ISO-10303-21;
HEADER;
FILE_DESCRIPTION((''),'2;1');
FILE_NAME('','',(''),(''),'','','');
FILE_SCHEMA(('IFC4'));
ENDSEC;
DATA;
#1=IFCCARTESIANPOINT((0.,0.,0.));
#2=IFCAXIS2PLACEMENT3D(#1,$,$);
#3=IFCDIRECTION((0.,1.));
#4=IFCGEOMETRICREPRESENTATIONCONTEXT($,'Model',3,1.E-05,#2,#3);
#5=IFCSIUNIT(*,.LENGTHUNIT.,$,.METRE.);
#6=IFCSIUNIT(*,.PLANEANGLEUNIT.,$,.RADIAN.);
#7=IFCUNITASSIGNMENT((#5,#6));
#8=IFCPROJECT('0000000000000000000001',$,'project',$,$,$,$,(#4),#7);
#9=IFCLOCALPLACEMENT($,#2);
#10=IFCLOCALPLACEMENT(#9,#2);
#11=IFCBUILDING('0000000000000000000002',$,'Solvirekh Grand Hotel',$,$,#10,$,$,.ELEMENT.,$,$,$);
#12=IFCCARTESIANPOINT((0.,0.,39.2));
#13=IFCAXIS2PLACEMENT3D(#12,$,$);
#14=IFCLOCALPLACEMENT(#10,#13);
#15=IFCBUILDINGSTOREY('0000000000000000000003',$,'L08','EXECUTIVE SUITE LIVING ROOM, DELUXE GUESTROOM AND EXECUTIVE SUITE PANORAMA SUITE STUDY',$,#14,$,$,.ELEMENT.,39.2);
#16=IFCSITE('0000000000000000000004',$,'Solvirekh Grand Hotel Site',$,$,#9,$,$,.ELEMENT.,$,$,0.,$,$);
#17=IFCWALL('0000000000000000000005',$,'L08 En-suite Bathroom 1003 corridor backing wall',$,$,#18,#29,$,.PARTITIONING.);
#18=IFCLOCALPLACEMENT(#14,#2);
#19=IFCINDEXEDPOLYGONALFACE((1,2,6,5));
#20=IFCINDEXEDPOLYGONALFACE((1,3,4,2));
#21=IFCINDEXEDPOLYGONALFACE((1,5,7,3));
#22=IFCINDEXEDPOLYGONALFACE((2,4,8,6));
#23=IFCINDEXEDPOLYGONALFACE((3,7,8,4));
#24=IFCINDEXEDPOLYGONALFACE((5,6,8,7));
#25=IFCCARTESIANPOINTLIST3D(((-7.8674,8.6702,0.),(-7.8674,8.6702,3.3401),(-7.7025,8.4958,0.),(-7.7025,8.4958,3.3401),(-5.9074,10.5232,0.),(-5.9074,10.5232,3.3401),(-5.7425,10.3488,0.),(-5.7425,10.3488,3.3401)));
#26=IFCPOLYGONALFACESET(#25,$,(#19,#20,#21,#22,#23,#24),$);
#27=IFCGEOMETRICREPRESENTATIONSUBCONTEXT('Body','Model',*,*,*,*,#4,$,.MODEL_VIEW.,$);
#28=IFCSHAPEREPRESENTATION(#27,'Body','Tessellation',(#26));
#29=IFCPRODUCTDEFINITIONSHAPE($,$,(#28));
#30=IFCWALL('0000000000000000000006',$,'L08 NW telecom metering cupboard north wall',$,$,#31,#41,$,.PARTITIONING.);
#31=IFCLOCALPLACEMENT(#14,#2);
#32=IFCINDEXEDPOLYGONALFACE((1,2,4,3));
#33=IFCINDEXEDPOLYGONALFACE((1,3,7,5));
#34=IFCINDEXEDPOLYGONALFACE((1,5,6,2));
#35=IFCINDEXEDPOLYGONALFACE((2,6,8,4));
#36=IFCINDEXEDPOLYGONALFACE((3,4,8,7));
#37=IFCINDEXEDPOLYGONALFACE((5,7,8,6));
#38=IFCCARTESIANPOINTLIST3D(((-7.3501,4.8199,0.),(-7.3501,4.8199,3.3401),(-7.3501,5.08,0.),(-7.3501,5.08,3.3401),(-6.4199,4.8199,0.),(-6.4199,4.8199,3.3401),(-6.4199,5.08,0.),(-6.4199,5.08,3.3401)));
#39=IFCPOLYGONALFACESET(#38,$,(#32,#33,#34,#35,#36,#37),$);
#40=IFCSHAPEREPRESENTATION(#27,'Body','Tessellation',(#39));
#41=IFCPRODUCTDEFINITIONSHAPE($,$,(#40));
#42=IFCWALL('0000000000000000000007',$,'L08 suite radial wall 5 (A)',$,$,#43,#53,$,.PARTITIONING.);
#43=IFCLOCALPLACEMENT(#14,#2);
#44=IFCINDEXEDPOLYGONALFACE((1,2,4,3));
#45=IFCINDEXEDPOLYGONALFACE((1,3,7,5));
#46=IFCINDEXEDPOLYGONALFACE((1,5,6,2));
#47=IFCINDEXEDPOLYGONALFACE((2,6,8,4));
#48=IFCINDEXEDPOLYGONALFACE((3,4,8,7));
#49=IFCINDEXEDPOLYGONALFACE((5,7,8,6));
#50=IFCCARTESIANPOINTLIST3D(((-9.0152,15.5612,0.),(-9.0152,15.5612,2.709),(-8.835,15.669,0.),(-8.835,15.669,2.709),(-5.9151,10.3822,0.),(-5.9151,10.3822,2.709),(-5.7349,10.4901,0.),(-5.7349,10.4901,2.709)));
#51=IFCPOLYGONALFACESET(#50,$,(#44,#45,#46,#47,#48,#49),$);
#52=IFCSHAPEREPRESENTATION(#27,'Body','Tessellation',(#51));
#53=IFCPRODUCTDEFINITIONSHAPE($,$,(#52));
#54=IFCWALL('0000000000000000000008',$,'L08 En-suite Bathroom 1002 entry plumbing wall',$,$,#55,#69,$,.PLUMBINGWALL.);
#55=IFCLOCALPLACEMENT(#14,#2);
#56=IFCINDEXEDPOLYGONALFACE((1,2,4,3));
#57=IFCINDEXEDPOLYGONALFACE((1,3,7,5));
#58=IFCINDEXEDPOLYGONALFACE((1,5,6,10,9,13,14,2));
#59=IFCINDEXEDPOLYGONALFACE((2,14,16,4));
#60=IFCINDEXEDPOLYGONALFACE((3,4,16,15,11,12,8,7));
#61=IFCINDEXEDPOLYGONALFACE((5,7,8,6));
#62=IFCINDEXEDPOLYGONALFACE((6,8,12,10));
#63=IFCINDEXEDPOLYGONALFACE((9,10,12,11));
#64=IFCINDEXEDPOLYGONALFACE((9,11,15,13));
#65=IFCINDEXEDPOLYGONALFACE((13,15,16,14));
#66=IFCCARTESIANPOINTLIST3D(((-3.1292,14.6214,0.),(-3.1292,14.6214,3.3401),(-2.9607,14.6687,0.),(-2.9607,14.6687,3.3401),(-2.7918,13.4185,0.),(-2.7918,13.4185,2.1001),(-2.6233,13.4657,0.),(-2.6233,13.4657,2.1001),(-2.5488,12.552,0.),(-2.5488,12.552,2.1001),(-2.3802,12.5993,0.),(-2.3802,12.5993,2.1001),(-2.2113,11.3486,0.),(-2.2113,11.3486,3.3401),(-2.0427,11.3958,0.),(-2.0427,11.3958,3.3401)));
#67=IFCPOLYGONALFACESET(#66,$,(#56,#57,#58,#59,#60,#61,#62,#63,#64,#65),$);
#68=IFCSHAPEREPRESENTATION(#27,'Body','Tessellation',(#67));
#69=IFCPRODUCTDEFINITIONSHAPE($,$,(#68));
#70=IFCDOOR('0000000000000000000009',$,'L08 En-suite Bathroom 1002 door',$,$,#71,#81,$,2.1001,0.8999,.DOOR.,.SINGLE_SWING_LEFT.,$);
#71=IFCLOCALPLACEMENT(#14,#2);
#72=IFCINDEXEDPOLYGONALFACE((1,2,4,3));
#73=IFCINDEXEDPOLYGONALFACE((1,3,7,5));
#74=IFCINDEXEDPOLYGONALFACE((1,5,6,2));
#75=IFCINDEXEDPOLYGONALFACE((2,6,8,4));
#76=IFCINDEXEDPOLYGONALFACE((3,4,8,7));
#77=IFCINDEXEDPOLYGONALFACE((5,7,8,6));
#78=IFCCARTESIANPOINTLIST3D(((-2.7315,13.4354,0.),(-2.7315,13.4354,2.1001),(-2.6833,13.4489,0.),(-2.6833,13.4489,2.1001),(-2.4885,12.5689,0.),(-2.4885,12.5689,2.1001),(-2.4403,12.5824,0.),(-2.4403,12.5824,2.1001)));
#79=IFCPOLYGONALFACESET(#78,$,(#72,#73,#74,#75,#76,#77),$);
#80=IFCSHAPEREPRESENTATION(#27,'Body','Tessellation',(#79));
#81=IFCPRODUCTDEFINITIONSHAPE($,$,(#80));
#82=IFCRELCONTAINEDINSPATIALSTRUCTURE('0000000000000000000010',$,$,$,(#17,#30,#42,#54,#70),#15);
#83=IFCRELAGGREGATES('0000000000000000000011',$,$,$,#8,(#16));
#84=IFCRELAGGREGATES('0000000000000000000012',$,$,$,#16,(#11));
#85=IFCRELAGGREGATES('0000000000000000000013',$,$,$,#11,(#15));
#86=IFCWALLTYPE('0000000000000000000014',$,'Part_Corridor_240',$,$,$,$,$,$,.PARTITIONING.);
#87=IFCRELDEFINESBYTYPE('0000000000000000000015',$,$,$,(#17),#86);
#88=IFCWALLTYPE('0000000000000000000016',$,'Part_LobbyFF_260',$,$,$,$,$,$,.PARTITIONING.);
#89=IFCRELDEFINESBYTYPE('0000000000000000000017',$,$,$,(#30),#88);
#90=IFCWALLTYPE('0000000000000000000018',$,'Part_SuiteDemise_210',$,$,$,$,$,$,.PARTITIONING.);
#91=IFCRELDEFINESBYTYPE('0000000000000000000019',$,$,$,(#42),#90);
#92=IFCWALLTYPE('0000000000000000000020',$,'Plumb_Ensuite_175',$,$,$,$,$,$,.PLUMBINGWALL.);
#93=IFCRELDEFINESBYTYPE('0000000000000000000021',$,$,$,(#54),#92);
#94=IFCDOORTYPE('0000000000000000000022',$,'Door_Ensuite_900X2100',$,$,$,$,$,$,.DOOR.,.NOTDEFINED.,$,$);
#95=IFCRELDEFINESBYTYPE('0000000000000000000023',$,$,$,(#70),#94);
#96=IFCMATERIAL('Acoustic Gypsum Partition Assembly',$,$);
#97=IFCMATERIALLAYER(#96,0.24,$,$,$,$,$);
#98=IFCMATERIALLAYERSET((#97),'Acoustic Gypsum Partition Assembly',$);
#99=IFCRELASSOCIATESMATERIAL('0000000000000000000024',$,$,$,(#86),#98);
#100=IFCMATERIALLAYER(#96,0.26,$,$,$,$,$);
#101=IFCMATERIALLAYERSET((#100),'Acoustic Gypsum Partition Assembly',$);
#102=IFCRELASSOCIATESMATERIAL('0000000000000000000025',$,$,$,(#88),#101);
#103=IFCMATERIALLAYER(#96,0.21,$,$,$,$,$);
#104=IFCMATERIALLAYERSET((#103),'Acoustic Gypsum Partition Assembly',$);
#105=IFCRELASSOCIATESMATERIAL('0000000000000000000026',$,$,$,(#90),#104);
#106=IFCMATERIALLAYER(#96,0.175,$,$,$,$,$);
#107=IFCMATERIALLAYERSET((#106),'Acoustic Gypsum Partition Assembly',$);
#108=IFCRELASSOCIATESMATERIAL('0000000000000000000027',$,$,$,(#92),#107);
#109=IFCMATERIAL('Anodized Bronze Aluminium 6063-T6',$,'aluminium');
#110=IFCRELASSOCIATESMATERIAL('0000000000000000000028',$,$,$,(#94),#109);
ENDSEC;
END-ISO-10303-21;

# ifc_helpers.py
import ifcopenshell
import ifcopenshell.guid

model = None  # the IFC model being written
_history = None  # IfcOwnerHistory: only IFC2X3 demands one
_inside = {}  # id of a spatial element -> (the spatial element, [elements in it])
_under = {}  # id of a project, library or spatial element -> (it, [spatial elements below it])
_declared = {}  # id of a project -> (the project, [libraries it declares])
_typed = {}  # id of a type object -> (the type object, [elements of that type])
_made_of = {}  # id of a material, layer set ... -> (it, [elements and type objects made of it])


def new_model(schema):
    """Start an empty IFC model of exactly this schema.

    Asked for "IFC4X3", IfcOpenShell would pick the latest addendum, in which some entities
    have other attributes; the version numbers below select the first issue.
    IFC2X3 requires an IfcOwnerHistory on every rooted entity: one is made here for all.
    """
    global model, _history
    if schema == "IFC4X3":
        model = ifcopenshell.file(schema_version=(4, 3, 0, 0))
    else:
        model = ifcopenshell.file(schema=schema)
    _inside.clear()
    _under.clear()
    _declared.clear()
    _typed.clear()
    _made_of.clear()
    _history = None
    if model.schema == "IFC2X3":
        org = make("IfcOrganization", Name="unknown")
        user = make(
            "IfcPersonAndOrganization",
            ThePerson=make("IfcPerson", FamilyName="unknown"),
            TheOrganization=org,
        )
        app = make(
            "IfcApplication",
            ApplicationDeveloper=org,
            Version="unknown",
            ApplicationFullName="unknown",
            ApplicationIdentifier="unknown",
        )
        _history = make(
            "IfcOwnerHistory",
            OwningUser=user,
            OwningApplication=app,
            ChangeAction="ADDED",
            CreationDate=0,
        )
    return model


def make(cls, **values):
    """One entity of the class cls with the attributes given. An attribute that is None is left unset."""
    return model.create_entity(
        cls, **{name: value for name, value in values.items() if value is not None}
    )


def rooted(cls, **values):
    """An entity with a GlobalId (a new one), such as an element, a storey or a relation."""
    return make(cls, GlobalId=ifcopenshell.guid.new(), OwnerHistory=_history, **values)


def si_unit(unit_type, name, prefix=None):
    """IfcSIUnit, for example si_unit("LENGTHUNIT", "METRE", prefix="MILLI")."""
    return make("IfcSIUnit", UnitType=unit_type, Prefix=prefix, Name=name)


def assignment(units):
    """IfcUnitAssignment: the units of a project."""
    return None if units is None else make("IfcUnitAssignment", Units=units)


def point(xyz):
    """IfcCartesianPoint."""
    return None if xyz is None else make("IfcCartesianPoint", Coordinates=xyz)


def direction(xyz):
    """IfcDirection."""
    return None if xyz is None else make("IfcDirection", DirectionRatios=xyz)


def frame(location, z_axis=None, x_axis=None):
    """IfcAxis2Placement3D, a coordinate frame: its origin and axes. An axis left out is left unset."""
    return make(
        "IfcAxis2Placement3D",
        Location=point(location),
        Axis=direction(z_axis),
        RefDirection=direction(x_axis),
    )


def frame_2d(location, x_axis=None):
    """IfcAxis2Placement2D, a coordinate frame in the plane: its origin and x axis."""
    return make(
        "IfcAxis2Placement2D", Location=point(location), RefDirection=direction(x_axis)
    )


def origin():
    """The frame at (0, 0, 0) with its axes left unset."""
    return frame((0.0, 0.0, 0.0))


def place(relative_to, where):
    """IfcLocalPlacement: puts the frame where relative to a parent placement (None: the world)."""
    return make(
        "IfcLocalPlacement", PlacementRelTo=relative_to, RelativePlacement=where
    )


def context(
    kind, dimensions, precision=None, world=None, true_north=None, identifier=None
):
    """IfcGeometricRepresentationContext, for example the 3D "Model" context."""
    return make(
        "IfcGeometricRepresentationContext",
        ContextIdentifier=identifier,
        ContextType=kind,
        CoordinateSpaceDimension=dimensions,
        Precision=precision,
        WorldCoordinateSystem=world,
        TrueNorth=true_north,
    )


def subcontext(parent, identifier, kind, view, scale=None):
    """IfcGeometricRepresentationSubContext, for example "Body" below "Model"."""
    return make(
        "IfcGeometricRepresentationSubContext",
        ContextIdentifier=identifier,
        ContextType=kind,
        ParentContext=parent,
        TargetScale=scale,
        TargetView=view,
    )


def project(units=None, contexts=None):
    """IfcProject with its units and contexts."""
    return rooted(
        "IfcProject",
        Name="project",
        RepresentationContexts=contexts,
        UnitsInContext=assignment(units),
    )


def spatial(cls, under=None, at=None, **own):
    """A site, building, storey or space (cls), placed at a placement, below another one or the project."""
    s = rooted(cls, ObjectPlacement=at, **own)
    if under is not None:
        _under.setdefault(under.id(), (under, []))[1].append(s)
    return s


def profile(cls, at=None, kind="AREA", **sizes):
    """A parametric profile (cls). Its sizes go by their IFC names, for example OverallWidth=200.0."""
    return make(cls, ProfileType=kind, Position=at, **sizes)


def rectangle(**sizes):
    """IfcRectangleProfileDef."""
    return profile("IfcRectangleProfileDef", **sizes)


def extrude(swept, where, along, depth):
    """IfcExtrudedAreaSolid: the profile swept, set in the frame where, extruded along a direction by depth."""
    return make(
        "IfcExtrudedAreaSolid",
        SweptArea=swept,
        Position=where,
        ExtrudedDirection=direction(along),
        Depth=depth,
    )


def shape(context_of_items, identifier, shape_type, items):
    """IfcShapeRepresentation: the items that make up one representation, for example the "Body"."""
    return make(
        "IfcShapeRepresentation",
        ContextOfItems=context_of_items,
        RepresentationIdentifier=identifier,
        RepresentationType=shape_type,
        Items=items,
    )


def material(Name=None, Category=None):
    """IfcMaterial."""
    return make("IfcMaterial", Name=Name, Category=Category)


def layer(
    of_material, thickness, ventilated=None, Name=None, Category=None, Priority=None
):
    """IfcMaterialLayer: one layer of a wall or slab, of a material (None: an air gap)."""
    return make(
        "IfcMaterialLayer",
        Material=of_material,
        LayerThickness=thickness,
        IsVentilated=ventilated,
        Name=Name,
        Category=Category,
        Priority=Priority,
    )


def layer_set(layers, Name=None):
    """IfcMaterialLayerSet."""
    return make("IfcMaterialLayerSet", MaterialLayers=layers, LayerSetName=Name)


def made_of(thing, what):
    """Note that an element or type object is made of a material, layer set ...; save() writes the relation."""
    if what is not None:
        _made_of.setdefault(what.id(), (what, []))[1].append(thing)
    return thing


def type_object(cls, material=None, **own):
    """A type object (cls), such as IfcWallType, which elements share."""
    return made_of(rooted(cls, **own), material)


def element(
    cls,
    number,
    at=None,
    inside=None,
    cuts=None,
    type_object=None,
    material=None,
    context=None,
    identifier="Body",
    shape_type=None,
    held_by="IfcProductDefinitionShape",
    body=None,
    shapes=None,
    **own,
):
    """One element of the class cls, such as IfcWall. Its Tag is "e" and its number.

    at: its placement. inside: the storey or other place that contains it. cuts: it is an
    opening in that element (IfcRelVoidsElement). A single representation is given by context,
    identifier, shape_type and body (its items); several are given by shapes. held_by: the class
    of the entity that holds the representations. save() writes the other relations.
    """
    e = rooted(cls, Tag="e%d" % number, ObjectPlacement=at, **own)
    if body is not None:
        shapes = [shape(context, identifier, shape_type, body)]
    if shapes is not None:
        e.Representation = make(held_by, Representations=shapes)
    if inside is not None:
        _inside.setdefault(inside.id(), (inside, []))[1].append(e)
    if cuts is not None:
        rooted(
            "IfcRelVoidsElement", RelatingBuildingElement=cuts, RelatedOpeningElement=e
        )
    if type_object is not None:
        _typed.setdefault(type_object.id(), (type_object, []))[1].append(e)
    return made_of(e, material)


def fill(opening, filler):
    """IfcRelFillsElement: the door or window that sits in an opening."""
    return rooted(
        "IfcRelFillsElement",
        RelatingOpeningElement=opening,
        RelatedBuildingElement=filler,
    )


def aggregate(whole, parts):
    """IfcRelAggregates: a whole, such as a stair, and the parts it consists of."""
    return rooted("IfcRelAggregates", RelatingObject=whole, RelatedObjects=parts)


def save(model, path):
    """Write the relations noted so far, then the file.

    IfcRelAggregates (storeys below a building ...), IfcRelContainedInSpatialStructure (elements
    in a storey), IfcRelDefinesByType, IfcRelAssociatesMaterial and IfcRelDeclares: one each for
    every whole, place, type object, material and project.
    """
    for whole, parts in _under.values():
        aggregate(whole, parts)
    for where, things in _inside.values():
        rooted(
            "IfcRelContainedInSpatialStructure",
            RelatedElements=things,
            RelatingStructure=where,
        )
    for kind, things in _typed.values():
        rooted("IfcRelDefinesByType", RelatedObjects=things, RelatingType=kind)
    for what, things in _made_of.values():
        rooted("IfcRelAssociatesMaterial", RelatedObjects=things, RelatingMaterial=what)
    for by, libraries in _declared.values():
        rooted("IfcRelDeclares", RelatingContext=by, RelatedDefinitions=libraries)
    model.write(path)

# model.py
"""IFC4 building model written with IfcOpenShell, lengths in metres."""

from ifc_helpers import new_model, si_unit, direction, frame, frame_2d, origin, place, context, subcontext, project, spatial, rectangle, extrude, material, layer, layer_set, type_object, element, fill, save


model = new_model("IFC4")

# Units and contexts
model_context = context("Model", 3, precision=1e-05, world=origin(), true_north=direction((0.0, 1.0)))
body_context = subcontext(model_context, "Body", "Model", "MODEL_VIEW")
ifc_project = project(units=[si_unit("LENGTHUNIT", "METRE"), si_unit("PLANEANGLEUNIT", "RADIAN")], contexts=[model_context])

# Site, building, storey
site_placement = place(None, origin())
site = spatial("IfcSite", under=ifc_project, at=site_placement, Name="Solvirekh Grand Hotel Site", CompositionType="ELEMENT", RefElevation=0.0)
building_placement = place(site_placement, origin())
building = spatial("IfcBuilding", under=site, at=building_placement, Name="Solvirekh Grand Hotel", CompositionType="ELEMENT")
storey_placement = place(building_placement, frame((0.0, 0.0, 39.2)))
storey = spatial("IfcBuildingStorey", under=building, at=storey_placement, Name="L08", Description="EXECUTIVE SUITE LIVING ROOM, DELUXE GUESTROOM AND EXECUTIVE SUITE PANORAMA SUITE STUDY", CompositionType="ELEMENT", Elevation=39.2)

# Shared definitions
ifc_material_1 = material(Name="Acoustic Gypsum Partition Assembly")
ifc_layer_1 = layer(ifc_material_1, 0.24)
ifc_layer_set_1 = layer_set([ifc_layer_1], Name="Acoustic Gypsum Partition Assembly")
wall_type_1 = type_object("IfcWallType", Name="Part_Corridor_240", PredefinedType="PARTITIONING", material=ifc_layer_set_1)

# Walls
wall_1_placement = place(storey_placement, frame((-5.825, 10.436, 0.0), z_axis=(0.0, 0.0, 1.0), x_axis=(-0.726652, -0.687006, 0.0)))
element("IfcWall", 1, at=wall_1_placement, inside=storey, type_object=wall_type_1, Name="L08 En-suite Bathroom 1003 corridor backing wall", PredefinedType="PARTITIONING", context=body_context, shape_type="SweptSolid", body=[
    extrude(rectangle(XDim=2.6973, YDim=0.24, at=frame_2d((1.3486, 0.0))), origin(), (0.0, 0.0, 1.0), 3.3401),
])
ifc_layer_2 = layer(ifc_material_1, 0.26)
ifc_layer_set_2 = layer_set([ifc_layer_2], Name="Acoustic Gypsum Partition Assembly")
wall_type_2 = type_object("IfcWallType", Name="Part_LobbyFF_260", PredefinedType="PARTITIONING", material=ifc_layer_set_2)
wall_2_placement = place(storey_placement, frame((-7.3501, 4.95, 0.0), z_axis=(0.0, 0.0, 1.0), x_axis=(1.0, 0.0, 0.0)))
element("IfcWall", 2, at=wall_2_placement, inside=storey, type_object=wall_type_2, Name="L08 NW telecom metering cupboard north wall", PredefinedType="PARTITIONING", context=body_context, shape_type="SweptSolid", body=[
    extrude(rectangle(XDim=0.9302, YDim=0.26, at=frame_2d((0.4651, 0.0))), origin(), (0.0, 0.0, 1.0), 3.3401),
])
ifc_layer_3 = layer(ifc_material_1, 0.21)
ifc_layer_set_3 = layer_set([ifc_layer_3], Name="Acoustic Gypsum Partition Assembly")
wall_type_3 = type_object("IfcWallType", Name="Part_SuiteDemise_210", PredefinedType="PARTITIONING", material=ifc_layer_set_3)
wall_3_placement = place(storey_placement, frame((-5.825, 10.436, 0.0), z_axis=(0.0, 0.0, 1.0), x_axis=(-0.513609, 0.858024, 0.0)))
element("IfcWall", 3, at=wall_3_placement, inside=storey, type_object=wall_type_3, Name="L08 suite radial wall 5 (A)", PredefinedType="PARTITIONING", context=body_context, shape_type="SweptSolid", body=[
    extrude(rectangle(XDim=6.0359, YDim=0.21, at=frame_2d((3.0181, 0.0))), origin(), (0.0, 0.0, 1.0), 2.709),
])

# Wall, opening, door
ifc_layer_4 = layer(ifc_material_1, 0.175)
ifc_layer_set_4 = layer_set([ifc_layer_4], Name="Acoustic Gypsum Partition Assembly")
wall_type_4 = type_object("IfcWallType", Name="Plumb_Ensuite_175", PredefinedType="PLUMBINGWALL", material=ifc_layer_set_4)
wall_4_placement = place(storey_placement, frame((-2.127, 11.3721, 0.0), z_axis=(0.0, 0.0, 1.0), x_axis=(-0.270051, 0.962846, 0.0)))
wall_4 = element("IfcWall", 4, at=wall_4_placement, inside=storey, type_object=wall_type_4, Name="L08 En-suite Bathroom 1002 entry plumbing wall", PredefinedType="PLUMBINGWALL", context=body_context, shape_type="SweptSolid", body=[
    extrude(rectangle(XDim=3.3992, YDim=0.175, at=frame_2d((1.6997, 0.0))), origin(), (0.0, 0.0, 1.0), 3.3401),
])
opening_1_placement = place(wall_4_placement, frame((1.25, 0.0, 0.0)))
opening_1 = element("IfcOpeningElement", 5, at=opening_1_placement, cuts=wall_4, PredefinedType="OPENING", context=body_context, shape_type="SweptSolid", body=[
    extrude(rectangle(XDim=0.8999, YDim=2.1001, at=frame_2d((0.45, 1.05))), frame((0.0, 0.0977, 0.0), z_axis=(0.0, -1.0, 0.0), x_axis=(1.0, 0.0, 0.0)), (0.0, 0.0, 1.0), 0.1951),
])
ifc_material_2 = material(Name="Anodized Bronze Aluminium 6063-T6", Category="aluminium")
door_type_1 = type_object("IfcDoorType", Name="Door_Ensuite_900X2100", OperationType="NOTDEFINED", PredefinedType="DOOR", material=ifc_material_2)
door_1_placement = place(opening_1_placement, origin())
door_1 = element("IfcDoor", 6, at=door_1_placement, inside=storey, type_object=door_type_1, Name="L08 En-suite Bathroom 1002 door", OperationType="SINGLE_SWING_LEFT", OverallHeight=2.1001, OverallWidth=0.8999, PredefinedType="DOOR", context=body_context, shape_type="SweptSolid", body=[
    extrude(rectangle(XDim=0.8999, YDim=2.1001, at=frame_2d((0.45, 1.05))), frame((0.0, 0.0249, 0.0), z_axis=(0.0, -1.0, 0.0), x_axis=(1.0, 0.0, 0.0)), (0.0, 0.0, 1.0), 0.05),
])
fill(opening_1, door_1)

save(model, "model.ifc")
